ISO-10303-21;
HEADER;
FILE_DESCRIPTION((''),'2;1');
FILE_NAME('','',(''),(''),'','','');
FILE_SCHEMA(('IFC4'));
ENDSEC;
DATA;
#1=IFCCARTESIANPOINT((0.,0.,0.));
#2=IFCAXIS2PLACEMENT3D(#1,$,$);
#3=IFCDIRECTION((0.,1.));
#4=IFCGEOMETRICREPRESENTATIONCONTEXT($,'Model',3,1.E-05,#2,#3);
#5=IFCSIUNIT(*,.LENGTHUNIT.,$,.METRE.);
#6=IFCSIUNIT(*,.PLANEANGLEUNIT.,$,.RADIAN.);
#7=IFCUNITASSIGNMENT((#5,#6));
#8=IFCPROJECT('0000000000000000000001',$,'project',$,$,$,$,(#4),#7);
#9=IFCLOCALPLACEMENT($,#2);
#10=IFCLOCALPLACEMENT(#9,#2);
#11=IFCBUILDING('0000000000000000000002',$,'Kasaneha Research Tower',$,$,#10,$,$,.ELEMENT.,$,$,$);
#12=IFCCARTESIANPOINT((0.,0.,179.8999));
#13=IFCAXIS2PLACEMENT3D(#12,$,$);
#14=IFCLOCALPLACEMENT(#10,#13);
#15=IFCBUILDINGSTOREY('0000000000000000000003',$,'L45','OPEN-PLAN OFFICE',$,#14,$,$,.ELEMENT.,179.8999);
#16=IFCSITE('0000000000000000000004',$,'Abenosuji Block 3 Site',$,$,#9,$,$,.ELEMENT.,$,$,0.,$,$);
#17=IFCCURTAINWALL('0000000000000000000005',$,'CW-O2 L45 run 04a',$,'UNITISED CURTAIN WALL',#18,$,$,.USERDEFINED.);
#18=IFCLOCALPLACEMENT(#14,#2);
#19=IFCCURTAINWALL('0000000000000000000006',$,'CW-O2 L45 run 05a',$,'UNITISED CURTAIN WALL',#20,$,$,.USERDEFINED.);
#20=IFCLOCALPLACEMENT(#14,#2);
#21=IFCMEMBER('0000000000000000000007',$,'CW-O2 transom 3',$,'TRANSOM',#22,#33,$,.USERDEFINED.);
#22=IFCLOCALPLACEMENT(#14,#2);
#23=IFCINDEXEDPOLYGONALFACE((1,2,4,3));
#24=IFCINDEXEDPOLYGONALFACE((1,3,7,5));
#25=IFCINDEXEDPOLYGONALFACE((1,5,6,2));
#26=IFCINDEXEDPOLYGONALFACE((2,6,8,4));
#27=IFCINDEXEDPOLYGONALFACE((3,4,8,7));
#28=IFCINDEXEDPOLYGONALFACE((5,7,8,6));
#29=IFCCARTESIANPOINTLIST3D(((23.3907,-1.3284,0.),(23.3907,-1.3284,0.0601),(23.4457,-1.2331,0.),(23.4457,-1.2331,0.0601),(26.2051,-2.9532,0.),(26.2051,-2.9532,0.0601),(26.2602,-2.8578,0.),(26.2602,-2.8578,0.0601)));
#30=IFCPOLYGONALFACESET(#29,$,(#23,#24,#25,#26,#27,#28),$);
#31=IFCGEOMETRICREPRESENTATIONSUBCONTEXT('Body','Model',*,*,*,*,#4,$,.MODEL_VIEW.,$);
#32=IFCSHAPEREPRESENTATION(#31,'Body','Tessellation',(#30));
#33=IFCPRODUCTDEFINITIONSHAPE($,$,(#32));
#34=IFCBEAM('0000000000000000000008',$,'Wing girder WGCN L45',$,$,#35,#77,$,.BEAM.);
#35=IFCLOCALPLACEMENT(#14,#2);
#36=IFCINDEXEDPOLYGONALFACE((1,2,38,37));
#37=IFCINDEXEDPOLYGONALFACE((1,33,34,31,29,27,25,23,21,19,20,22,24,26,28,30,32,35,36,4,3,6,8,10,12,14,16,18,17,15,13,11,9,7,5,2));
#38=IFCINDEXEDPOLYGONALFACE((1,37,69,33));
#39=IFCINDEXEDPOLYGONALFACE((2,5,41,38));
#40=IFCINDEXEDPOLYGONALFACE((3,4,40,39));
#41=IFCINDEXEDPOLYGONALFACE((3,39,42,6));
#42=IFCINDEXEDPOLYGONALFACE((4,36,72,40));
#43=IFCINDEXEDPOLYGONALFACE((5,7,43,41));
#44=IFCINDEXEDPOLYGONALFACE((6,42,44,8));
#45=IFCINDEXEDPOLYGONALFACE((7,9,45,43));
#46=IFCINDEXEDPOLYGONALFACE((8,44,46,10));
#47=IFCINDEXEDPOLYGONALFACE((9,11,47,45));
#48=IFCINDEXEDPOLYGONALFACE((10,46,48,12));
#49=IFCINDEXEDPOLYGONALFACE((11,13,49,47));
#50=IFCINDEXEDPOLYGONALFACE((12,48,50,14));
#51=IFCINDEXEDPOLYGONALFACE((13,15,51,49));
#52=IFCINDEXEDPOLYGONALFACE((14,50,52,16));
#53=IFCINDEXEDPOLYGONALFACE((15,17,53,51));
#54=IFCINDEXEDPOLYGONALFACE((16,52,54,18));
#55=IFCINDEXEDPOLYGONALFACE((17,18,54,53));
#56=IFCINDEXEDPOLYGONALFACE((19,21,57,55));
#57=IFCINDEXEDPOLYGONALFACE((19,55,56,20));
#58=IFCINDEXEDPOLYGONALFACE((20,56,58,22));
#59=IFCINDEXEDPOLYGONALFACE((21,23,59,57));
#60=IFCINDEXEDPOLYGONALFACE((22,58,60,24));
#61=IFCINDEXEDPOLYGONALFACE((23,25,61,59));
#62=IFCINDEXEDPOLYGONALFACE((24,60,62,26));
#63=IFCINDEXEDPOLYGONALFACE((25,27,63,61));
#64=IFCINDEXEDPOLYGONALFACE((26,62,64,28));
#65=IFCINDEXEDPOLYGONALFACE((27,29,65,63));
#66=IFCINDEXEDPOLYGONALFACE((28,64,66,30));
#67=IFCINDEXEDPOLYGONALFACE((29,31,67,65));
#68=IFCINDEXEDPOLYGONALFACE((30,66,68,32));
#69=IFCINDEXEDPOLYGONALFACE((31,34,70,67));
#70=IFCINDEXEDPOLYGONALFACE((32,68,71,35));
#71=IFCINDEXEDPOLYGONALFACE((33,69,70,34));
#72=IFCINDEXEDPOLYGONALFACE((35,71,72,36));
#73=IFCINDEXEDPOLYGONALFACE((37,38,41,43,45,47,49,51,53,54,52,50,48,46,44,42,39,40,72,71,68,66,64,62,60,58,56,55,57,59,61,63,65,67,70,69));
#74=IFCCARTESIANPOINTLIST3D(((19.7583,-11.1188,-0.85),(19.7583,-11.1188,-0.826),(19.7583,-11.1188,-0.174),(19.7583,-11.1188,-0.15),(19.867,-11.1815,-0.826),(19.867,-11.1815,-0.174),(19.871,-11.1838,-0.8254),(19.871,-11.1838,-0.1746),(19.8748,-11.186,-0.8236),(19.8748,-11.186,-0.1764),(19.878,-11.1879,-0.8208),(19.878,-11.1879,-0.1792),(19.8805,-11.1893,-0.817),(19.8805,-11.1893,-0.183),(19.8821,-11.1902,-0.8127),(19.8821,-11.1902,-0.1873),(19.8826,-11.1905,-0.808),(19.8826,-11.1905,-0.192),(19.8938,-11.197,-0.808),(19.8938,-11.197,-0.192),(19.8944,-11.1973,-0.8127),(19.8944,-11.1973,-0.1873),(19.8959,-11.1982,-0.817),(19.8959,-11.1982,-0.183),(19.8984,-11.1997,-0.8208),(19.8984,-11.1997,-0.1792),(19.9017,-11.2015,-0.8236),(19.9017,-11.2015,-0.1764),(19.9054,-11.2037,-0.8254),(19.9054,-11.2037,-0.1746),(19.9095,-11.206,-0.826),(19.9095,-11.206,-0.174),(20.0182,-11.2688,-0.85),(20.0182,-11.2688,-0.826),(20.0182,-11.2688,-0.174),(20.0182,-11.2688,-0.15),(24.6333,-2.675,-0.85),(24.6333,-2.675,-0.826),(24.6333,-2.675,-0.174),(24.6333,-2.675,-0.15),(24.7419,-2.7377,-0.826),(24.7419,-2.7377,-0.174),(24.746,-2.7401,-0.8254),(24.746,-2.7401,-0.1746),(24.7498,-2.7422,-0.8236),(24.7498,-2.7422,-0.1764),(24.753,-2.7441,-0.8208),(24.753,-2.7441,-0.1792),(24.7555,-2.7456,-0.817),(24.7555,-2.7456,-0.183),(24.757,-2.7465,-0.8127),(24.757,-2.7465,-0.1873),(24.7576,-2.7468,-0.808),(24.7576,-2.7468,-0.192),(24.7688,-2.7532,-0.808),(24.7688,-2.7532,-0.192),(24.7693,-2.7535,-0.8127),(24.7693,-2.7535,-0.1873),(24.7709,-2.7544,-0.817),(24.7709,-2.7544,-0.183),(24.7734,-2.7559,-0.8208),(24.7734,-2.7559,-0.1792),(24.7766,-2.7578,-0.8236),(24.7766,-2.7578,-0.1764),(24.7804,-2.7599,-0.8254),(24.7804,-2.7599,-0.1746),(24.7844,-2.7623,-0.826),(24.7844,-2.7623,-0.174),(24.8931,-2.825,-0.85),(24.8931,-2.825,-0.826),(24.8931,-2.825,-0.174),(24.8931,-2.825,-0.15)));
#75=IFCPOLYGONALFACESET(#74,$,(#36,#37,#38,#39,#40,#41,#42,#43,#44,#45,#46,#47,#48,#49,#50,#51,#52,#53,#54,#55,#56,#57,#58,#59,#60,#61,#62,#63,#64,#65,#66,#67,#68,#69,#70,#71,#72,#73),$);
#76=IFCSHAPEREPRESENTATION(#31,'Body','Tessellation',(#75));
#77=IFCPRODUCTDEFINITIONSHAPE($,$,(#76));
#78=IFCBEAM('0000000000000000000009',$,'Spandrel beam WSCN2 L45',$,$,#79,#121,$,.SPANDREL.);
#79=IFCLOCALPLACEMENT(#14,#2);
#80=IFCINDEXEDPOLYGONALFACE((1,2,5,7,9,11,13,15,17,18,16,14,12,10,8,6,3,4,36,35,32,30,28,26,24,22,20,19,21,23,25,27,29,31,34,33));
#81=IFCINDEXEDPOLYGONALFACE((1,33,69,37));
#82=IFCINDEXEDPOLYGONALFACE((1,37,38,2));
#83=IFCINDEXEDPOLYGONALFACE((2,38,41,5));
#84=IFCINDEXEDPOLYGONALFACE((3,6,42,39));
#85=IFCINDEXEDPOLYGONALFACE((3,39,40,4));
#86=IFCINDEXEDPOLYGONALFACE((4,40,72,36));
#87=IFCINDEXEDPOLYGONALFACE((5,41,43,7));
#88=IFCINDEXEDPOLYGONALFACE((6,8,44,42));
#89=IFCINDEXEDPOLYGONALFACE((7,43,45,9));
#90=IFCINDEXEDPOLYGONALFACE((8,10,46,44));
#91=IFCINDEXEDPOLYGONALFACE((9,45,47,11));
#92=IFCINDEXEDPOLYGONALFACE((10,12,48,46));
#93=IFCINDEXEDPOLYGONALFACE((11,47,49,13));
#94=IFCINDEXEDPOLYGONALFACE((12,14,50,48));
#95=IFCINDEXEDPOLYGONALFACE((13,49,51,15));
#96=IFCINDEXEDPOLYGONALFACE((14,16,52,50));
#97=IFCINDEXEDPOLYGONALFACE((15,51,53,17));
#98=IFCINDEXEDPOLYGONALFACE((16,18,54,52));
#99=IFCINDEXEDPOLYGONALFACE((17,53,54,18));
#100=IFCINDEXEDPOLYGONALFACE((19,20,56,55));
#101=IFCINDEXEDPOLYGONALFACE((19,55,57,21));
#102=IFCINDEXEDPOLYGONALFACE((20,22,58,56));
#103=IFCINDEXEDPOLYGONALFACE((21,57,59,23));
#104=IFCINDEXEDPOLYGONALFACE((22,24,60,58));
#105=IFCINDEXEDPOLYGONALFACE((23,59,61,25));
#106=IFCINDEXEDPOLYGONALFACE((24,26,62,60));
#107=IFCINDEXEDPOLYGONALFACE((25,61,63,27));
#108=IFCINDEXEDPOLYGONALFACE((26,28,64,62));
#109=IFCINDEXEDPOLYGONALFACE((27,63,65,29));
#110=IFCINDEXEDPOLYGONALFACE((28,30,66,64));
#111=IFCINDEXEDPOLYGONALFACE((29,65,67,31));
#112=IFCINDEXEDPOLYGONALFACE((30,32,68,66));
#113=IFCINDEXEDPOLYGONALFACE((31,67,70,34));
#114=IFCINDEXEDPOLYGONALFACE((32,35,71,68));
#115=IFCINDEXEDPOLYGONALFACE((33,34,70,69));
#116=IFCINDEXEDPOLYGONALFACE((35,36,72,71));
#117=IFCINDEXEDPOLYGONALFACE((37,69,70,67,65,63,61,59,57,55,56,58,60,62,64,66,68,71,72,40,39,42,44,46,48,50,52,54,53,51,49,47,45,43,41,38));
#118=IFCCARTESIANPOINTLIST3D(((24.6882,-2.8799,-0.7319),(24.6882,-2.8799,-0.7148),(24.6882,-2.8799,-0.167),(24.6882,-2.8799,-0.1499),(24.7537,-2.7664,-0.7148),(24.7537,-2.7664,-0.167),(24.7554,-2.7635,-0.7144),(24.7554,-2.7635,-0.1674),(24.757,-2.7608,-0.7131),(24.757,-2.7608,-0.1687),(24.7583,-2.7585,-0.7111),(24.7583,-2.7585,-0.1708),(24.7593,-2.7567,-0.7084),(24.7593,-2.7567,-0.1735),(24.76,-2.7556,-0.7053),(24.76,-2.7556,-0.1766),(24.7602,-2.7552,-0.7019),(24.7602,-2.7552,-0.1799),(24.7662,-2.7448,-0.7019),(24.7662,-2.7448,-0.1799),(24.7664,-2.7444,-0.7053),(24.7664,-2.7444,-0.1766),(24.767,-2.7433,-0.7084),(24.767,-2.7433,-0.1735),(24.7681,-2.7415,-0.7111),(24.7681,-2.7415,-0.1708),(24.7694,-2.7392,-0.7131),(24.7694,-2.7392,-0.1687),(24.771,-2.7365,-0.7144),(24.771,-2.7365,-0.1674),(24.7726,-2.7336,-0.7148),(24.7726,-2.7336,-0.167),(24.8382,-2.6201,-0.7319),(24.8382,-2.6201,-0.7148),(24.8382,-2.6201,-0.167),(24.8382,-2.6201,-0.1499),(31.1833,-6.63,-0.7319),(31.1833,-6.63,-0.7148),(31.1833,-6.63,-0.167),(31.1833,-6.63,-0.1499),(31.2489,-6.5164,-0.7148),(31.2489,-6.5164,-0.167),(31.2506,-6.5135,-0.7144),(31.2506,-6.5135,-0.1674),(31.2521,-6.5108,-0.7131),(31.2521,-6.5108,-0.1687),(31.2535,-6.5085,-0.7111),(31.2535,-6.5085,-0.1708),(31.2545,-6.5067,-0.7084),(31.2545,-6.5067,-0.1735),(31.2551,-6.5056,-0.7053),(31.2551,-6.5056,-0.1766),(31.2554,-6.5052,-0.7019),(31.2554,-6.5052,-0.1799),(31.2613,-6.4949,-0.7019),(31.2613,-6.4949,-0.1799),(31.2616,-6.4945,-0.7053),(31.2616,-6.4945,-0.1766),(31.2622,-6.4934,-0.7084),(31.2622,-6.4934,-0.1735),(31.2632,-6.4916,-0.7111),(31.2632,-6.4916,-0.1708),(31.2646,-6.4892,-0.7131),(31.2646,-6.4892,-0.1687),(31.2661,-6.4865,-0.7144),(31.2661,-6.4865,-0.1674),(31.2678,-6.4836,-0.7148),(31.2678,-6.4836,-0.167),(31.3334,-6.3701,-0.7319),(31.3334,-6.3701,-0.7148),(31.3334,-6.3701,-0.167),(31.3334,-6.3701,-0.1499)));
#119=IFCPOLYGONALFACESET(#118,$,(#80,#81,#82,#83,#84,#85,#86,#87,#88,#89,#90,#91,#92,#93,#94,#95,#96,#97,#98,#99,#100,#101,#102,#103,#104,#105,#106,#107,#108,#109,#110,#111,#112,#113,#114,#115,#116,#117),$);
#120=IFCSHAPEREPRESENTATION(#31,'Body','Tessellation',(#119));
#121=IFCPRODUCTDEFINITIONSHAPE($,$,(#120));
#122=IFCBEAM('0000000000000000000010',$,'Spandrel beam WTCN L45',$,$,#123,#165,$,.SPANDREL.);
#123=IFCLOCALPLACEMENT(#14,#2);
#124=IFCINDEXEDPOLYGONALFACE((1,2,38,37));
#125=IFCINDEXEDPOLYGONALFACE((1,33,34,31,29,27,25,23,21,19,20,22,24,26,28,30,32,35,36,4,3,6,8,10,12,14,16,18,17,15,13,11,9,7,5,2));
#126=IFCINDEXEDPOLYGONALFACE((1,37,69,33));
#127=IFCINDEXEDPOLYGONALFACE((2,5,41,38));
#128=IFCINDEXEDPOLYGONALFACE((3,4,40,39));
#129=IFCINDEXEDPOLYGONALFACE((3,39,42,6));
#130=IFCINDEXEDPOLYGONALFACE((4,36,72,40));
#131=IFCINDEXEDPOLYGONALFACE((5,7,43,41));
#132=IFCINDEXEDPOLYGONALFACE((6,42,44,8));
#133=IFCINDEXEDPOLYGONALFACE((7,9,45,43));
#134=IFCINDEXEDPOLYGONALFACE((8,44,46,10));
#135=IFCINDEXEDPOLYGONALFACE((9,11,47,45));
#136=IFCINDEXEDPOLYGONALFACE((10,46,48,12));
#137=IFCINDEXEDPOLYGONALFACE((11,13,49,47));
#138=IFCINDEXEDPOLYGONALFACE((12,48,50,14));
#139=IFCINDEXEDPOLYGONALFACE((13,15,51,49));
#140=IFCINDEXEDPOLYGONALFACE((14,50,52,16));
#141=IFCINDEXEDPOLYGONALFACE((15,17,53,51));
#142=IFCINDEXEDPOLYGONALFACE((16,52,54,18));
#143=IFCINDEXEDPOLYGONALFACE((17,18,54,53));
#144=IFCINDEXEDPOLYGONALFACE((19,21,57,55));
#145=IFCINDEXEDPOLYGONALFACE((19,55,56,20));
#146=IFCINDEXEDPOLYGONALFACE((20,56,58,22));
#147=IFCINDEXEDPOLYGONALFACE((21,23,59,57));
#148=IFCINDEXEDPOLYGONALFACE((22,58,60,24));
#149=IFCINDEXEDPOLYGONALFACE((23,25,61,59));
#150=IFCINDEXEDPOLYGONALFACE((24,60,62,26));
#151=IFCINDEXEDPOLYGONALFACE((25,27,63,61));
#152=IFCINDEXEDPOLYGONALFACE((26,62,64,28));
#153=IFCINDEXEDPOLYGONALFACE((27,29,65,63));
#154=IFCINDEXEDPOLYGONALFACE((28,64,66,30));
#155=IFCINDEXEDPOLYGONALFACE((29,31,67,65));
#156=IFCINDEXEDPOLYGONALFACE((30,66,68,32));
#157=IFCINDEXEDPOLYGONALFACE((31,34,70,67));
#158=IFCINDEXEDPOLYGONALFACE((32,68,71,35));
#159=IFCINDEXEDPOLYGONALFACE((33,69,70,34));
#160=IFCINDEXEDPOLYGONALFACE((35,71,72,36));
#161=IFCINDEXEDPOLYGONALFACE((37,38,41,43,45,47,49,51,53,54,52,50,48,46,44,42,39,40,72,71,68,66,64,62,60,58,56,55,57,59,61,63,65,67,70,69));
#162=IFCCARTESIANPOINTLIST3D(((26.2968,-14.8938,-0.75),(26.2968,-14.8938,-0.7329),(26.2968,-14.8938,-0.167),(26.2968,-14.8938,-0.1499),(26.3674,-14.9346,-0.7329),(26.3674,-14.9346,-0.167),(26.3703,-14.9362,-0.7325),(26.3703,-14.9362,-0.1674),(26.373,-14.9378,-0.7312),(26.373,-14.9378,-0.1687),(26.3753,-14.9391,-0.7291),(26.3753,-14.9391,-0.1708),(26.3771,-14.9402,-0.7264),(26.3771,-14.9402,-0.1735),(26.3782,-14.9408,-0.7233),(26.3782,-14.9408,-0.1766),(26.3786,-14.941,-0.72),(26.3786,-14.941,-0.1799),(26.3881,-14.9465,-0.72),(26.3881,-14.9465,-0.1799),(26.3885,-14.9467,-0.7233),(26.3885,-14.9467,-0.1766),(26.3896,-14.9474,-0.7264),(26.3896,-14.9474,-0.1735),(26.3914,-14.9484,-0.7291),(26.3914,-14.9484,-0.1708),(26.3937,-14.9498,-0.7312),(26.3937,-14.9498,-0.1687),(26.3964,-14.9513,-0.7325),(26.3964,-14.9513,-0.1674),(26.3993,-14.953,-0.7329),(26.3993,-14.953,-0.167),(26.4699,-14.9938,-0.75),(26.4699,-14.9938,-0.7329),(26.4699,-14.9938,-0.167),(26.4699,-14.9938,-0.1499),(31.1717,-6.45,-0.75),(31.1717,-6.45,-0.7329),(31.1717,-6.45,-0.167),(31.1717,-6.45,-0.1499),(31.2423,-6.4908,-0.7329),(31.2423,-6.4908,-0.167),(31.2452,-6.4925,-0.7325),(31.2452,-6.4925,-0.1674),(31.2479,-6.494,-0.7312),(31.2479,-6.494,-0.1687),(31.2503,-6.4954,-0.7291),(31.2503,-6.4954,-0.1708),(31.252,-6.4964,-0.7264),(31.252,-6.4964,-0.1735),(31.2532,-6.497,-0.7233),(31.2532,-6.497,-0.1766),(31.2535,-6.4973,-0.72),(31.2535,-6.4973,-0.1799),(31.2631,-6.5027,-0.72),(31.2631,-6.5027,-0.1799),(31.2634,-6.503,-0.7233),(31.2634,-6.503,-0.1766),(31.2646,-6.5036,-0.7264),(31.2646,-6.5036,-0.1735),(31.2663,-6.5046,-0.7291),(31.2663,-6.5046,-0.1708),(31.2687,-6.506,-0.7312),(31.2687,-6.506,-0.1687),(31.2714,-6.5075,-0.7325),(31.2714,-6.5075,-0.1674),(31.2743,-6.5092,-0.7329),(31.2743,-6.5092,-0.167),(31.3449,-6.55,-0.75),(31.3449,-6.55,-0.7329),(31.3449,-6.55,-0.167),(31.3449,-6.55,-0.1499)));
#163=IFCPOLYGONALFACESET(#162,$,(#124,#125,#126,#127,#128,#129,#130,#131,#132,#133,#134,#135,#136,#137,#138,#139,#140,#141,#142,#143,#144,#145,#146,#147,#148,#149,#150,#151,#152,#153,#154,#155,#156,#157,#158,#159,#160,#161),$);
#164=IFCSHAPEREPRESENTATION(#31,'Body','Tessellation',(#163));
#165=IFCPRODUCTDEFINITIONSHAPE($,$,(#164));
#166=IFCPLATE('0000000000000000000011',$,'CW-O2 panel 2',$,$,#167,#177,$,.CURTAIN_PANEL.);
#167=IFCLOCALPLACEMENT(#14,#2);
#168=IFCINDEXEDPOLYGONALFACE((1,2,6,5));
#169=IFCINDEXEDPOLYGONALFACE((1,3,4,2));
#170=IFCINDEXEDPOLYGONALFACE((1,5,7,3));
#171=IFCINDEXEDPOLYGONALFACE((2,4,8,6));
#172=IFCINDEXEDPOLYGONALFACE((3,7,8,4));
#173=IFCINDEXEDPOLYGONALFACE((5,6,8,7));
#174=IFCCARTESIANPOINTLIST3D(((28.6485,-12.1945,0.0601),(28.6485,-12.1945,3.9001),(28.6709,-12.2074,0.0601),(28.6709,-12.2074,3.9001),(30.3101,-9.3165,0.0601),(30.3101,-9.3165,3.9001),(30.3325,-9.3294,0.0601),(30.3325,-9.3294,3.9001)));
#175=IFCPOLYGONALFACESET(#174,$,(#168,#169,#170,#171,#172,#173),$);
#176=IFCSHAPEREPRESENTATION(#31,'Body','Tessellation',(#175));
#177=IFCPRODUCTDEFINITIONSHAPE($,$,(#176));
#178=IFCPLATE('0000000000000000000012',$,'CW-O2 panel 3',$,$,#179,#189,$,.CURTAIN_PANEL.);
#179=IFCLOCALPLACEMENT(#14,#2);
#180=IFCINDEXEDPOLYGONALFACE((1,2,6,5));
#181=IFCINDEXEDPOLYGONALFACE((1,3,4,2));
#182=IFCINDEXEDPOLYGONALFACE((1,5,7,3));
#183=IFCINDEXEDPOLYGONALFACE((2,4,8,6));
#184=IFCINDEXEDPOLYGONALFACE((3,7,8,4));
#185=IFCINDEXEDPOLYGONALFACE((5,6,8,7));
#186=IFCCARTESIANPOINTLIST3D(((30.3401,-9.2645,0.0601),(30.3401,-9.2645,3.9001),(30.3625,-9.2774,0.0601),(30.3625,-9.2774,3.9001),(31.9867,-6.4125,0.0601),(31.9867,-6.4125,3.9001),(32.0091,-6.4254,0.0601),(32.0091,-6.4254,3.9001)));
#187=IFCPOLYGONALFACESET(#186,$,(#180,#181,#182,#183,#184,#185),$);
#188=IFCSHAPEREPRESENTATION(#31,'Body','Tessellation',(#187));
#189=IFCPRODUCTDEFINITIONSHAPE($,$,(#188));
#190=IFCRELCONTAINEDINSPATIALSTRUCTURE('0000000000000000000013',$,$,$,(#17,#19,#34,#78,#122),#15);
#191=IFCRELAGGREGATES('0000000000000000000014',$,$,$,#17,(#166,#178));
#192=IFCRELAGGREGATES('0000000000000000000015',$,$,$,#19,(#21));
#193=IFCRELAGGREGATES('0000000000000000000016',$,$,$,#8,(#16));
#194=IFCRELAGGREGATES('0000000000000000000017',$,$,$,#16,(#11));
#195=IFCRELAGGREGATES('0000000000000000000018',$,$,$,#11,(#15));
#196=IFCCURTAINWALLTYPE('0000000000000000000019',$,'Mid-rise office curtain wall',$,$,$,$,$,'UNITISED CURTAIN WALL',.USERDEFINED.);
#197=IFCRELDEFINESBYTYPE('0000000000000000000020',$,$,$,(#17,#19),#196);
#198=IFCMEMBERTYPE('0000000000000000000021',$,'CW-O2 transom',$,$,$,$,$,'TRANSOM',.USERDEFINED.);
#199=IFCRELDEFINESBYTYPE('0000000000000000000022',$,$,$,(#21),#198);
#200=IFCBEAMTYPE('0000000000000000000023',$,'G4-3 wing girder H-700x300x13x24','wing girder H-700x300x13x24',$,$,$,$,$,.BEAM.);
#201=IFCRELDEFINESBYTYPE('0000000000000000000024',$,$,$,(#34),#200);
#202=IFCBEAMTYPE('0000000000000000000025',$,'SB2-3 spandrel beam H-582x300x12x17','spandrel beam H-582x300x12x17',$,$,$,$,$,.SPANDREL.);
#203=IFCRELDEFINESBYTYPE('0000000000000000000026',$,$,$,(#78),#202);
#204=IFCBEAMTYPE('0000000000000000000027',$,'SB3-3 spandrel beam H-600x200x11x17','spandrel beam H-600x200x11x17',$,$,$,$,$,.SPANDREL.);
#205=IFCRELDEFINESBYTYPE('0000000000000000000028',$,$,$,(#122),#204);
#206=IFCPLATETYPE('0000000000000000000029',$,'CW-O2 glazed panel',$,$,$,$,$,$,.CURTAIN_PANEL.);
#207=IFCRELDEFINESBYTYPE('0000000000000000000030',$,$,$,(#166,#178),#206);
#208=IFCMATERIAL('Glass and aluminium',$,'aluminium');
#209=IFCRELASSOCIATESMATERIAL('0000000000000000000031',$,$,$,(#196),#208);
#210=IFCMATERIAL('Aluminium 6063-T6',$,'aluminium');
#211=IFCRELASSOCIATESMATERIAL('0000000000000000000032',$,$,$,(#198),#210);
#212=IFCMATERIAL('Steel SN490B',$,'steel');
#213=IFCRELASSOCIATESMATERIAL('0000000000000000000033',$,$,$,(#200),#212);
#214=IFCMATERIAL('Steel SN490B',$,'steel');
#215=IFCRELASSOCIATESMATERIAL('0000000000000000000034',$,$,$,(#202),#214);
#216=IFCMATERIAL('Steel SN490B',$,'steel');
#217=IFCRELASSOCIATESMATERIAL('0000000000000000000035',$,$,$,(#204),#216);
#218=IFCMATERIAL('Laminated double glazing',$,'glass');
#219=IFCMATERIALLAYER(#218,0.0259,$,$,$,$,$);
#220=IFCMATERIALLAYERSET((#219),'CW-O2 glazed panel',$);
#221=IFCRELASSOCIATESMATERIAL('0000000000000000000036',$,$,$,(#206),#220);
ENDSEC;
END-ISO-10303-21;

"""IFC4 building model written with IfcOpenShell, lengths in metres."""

from ifc_helpers import new_model, si_unit, direction, frame, origin, origin_2d, place, context, subcontext, project, spatial, rectangle, i_section, extrude, material, layer, layer_set, material_profile, profile_set, type_object, element, aggregate, save


model = new_model("IFC4")

# Units and contexts
model_context = context("Model", 3, precision=1e-05, world=origin(), true_north=direction((0.0, 1.0)))
body_context = subcontext(model_context, "Body", "Model", "MODEL_VIEW")
ifc_project = project(units=[si_unit("LENGTHUNIT", "METRE"), si_unit("PLANEANGLEUNIT", "RADIAN")], contexts=[model_context])

# Site, building, storey
site_placement = place(None, origin())
site = spatial("IfcSite", under=ifc_project, at=site_placement, Name="Abenosuji Block 3 Site", CompositionType="ELEMENT", RefElevation=0.0)
building_placement = place(site_placement, origin())
building = spatial("IfcBuilding", under=site, at=building_placement, Name="Kasaneha Research Tower", CompositionType="ELEMENT")
storey_placement = place(building_placement, frame((0.0, 0.0, 179.8999)))
storey = spatial("IfcBuildingStorey", under=building, at=storey_placement, Name="L45", Description="OPEN-PLAN OFFICE", CompositionType="ELEMENT", Elevation=179.8999)

# Curtain walls
ifc_material_1 = material(Name="Glass and aluminium", Category="aluminium")
curtain_wall_type = type_object("IfcCurtainWallType", Name="Mid-rise office curtain wall", ElementType="UNITISED CURTAIN WALL", PredefinedType="USERDEFINED", material=ifc_material_1)
curtain_wall_1_placement = place(storey_placement, origin())
curtain_wall_1 = element("IfcCurtainWall", 1, at=curtain_wall_1_placement, inside=storey, type_object=curtain_wall_type, Name="CW-O2 L45 run 04a", ObjectType="UNITISED CURTAIN WALL", PredefinedType="USERDEFINED")
curtain_wall_2_placement = place(storey_placement, origin())
curtain_wall_2 = element("IfcCurtainWall", 2, at=curtain_wall_2_placement, inside=storey, type_object=curtain_wall_type, Name="CW-O2 L45 run 05a", ObjectType="UNITISED CURTAIN WALL", PredefinedType="USERDEFINED")

# Member
ifc_material_2 = material(Name="Aluminium 6063-T6", Category="aluminium")
ifc_material_profile_1 = material_profile(ifc_material_2, rectangle(XDim=0.1101, YDim=0.0601, at=origin_2d()), Name="CW-O2 transom 110x60")
ifc_profile_set_1 = profile_set([ifc_material_profile_1], Name="Aluminium 6063-T6")
member_type_1 = type_object("IfcMemberType", Name="CW-O2 transom", ElementType="TRANSOM", PredefinedType="USERDEFINED", material=ifc_profile_set_1)
member_1_placement = place(storey_placement, frame((26.2327, -2.9055, 0.03), z_axis=(-0.866048, 0.499961, 0.0), x_axis=(-0.499961, -0.866048, 0.0)))
member_1 = element("IfcMember", 3, at=member_1_placement, type_object=member_type_1, Name="CW-O2 transom 3", ObjectType="TRANSOM", PredefinedType="USERDEFINED", context=body_context, shape_type="SweptSolid", body=[
    extrude(rectangle(XDim=0.1101, YDim=0.0601, at=origin_2d()), origin(), (0.0, 0.0, 1.0), 3.2498),
])

# Beams
ifc_material_3 = material(Name="Steel SN490B", Category="steel")
ifc_material_profile_2 = material_profile(ifc_material_3, i_section(OverallWidth=0.3, OverallDepth=0.7, WebThickness=0.0129, FlangeThickness=0.0239, FilletRadius=0.0181, at=origin_2d()), Name="H-700x300x13x24")
ifc_profile_set_2 = profile_set([ifc_material_profile_2], Name="Steel SN490B")
beam_type_1 = type_object("IfcBeamType", Name="G4-3 wing girder H-700x300x13x24", Description="wing girder H-700x300x13x24", PredefinedType="BEAM", material=ifc_profile_set_2)
beam_1_placement = place(storey_placement, frame((24.7632, -2.75, -0.5), z_axis=(-0.499996, -0.866028, 0.0), x_axis=(0.866028, -0.499996, 0.0)))
element("IfcBeam", 4, at=beam_1_placement, inside=storey, type_object=beam_type_1, Name="Wing girder WGCN L45", PredefinedType="BEAM", context=body_context, shape_type="SweptSolid", body=[
    extrude(i_section(OverallWidth=0.3, OverallDepth=0.7, WebThickness=0.0129, FlangeThickness=0.0239, FilletRadius=0.0181, at=origin_2d()), origin(), (0.0, 0.0, 1.0), 9.75),
])
ifc_material_4 = material(Name="Steel SN490B", Category="steel")
ifc_material_profile_3 = material_profile(ifc_material_4, i_section(OverallWidth=0.3, OverallDepth=0.582, WebThickness=0.012, FlangeThickness=0.0171, FilletRadius=0.0129, at=origin_2d()), Name="H-582x300x12x17")
ifc_profile_set_3 = profile_set([ifc_material_profile_3], Name="Steel SN490B")
beam_type_2 = type_object("IfcBeamType", Name="SB2-3 spandrel beam H-582x300x12x17", Description="spandrel beam H-582x300x12x17", PredefinedType="SPANDREL", material=ifc_profile_set_3)
beam_2_placement = place(storey_placement, frame((24.7632, -2.75, -0.4409), z_axis=(0.866023, -0.500004, 0.0), x_axis=(0.500004, 0.866023, 0.0)))
element("IfcBeam", 5, at=beam_2_placement, inside=storey, type_object=beam_type_2, Name="Spandrel beam WSCN2 L45", PredefinedType="SPANDREL", context=body_context, shape_type="SweptSolid", body=[
    extrude(i_section(OverallWidth=0.3, OverallDepth=0.582, WebThickness=0.012, FlangeThickness=0.0171, FilletRadius=0.0129, at=origin_2d()), origin(), (0.0, 0.0, 1.0), 7.5),
])
ifc_material_5 = material(Name="Steel SN490B", Category="steel")
ifc_material_profile_4 = material_profile(ifc_material_5, i_section(OverallWidth=0.2, OverallDepth=0.6001, WebThickness=0.011, FlangeThickness=0.0171, FilletRadius=0.0129, at=origin_2d()), Name="H-600x200x11x17")
ifc_profile_set_4 = profile_set([ifc_material_profile_4], Name="Steel SN490B")
beam_type_3 = type_object("IfcBeamType", Name="SB3-3 spandrel beam H-600x200x11x17", Description="spandrel beam H-600x200x11x17", PredefinedType="SPANDREL", material=ifc_profile_set_4)
beam_3_placement = place(storey_placement, frame((31.2583, -6.5, -0.45), z_axis=(-0.499996, -0.866028, 0.0), x_axis=(0.866028, -0.499996, 0.0)))
element("IfcBeam", 6, at=beam_3_placement, inside=storey, type_object=beam_type_3, Name="Spandrel beam WTCN L45", PredefinedType="SPANDREL", context=body_context, shape_type="SweptSolid", body=[
    extrude(i_section(OverallWidth=0.2, OverallDepth=0.6001, WebThickness=0.011, FlangeThickness=0.0171, FilletRadius=0.0129, at=origin_2d()), origin(), (0.0, 0.0, 1.0), 9.75),
])

# Plates
ifc_material_6 = material(Name="Laminated double glazing", Category="glass")
ifc_layer_1 = layer(ifc_material_6, 0.0259)
ifc_layer_set_1 = layer_set([ifc_layer_1], Name="CW-O2 glazed panel")
plate_type = type_object("IfcPlateType", Name="CW-O2 glazed panel", PredefinedType="CURTAIN_PANEL", material=ifc_layer_set_1)
plate_1_placement = place(storey_placement, frame((29.4905, -10.762, 0.0601), z_axis=(0.0, 0.0, 1.0), x_axis=(0.5, 0.866025, 0.0)))
plate_1 = element("IfcPlate", 7, at=plate_1_placement, type_object=plate_type, Name="CW-O2 panel 2", PredefinedType="CURTAIN_PANEL", context=body_context, shape_type="SweptSolid", body=[
    extrude(rectangle(XDim=3.3232, YDim=0.0259, at=origin_2d()), origin(), (0.0, 0.0, 1.0), 3.8401),
])
plate_2_placement = place(storey_placement, frame((31.1746, -7.845, 0.0601), z_axis=(0.0, 0.0, 1.0), x_axis=(0.5, 0.866025, 0.0)))
plate_2 = element("IfcPlate", 8, at=plate_2_placement, type_object=plate_type, Name="CW-O2 panel 3", PredefinedType="CURTAIN_PANEL", context=body_context, shape_type="SweptSolid", body=[
    extrude(rectangle(XDim=3.2932, YDim=0.0259, at=origin_2d()), origin(), (0.0, 0.0, 1.0), 3.8401),
])
aggregate(curtain_wall_1, [plate_1, plate_2])
aggregate(curtain_wall_2, [member_1])

save(model, "model.ifc")
